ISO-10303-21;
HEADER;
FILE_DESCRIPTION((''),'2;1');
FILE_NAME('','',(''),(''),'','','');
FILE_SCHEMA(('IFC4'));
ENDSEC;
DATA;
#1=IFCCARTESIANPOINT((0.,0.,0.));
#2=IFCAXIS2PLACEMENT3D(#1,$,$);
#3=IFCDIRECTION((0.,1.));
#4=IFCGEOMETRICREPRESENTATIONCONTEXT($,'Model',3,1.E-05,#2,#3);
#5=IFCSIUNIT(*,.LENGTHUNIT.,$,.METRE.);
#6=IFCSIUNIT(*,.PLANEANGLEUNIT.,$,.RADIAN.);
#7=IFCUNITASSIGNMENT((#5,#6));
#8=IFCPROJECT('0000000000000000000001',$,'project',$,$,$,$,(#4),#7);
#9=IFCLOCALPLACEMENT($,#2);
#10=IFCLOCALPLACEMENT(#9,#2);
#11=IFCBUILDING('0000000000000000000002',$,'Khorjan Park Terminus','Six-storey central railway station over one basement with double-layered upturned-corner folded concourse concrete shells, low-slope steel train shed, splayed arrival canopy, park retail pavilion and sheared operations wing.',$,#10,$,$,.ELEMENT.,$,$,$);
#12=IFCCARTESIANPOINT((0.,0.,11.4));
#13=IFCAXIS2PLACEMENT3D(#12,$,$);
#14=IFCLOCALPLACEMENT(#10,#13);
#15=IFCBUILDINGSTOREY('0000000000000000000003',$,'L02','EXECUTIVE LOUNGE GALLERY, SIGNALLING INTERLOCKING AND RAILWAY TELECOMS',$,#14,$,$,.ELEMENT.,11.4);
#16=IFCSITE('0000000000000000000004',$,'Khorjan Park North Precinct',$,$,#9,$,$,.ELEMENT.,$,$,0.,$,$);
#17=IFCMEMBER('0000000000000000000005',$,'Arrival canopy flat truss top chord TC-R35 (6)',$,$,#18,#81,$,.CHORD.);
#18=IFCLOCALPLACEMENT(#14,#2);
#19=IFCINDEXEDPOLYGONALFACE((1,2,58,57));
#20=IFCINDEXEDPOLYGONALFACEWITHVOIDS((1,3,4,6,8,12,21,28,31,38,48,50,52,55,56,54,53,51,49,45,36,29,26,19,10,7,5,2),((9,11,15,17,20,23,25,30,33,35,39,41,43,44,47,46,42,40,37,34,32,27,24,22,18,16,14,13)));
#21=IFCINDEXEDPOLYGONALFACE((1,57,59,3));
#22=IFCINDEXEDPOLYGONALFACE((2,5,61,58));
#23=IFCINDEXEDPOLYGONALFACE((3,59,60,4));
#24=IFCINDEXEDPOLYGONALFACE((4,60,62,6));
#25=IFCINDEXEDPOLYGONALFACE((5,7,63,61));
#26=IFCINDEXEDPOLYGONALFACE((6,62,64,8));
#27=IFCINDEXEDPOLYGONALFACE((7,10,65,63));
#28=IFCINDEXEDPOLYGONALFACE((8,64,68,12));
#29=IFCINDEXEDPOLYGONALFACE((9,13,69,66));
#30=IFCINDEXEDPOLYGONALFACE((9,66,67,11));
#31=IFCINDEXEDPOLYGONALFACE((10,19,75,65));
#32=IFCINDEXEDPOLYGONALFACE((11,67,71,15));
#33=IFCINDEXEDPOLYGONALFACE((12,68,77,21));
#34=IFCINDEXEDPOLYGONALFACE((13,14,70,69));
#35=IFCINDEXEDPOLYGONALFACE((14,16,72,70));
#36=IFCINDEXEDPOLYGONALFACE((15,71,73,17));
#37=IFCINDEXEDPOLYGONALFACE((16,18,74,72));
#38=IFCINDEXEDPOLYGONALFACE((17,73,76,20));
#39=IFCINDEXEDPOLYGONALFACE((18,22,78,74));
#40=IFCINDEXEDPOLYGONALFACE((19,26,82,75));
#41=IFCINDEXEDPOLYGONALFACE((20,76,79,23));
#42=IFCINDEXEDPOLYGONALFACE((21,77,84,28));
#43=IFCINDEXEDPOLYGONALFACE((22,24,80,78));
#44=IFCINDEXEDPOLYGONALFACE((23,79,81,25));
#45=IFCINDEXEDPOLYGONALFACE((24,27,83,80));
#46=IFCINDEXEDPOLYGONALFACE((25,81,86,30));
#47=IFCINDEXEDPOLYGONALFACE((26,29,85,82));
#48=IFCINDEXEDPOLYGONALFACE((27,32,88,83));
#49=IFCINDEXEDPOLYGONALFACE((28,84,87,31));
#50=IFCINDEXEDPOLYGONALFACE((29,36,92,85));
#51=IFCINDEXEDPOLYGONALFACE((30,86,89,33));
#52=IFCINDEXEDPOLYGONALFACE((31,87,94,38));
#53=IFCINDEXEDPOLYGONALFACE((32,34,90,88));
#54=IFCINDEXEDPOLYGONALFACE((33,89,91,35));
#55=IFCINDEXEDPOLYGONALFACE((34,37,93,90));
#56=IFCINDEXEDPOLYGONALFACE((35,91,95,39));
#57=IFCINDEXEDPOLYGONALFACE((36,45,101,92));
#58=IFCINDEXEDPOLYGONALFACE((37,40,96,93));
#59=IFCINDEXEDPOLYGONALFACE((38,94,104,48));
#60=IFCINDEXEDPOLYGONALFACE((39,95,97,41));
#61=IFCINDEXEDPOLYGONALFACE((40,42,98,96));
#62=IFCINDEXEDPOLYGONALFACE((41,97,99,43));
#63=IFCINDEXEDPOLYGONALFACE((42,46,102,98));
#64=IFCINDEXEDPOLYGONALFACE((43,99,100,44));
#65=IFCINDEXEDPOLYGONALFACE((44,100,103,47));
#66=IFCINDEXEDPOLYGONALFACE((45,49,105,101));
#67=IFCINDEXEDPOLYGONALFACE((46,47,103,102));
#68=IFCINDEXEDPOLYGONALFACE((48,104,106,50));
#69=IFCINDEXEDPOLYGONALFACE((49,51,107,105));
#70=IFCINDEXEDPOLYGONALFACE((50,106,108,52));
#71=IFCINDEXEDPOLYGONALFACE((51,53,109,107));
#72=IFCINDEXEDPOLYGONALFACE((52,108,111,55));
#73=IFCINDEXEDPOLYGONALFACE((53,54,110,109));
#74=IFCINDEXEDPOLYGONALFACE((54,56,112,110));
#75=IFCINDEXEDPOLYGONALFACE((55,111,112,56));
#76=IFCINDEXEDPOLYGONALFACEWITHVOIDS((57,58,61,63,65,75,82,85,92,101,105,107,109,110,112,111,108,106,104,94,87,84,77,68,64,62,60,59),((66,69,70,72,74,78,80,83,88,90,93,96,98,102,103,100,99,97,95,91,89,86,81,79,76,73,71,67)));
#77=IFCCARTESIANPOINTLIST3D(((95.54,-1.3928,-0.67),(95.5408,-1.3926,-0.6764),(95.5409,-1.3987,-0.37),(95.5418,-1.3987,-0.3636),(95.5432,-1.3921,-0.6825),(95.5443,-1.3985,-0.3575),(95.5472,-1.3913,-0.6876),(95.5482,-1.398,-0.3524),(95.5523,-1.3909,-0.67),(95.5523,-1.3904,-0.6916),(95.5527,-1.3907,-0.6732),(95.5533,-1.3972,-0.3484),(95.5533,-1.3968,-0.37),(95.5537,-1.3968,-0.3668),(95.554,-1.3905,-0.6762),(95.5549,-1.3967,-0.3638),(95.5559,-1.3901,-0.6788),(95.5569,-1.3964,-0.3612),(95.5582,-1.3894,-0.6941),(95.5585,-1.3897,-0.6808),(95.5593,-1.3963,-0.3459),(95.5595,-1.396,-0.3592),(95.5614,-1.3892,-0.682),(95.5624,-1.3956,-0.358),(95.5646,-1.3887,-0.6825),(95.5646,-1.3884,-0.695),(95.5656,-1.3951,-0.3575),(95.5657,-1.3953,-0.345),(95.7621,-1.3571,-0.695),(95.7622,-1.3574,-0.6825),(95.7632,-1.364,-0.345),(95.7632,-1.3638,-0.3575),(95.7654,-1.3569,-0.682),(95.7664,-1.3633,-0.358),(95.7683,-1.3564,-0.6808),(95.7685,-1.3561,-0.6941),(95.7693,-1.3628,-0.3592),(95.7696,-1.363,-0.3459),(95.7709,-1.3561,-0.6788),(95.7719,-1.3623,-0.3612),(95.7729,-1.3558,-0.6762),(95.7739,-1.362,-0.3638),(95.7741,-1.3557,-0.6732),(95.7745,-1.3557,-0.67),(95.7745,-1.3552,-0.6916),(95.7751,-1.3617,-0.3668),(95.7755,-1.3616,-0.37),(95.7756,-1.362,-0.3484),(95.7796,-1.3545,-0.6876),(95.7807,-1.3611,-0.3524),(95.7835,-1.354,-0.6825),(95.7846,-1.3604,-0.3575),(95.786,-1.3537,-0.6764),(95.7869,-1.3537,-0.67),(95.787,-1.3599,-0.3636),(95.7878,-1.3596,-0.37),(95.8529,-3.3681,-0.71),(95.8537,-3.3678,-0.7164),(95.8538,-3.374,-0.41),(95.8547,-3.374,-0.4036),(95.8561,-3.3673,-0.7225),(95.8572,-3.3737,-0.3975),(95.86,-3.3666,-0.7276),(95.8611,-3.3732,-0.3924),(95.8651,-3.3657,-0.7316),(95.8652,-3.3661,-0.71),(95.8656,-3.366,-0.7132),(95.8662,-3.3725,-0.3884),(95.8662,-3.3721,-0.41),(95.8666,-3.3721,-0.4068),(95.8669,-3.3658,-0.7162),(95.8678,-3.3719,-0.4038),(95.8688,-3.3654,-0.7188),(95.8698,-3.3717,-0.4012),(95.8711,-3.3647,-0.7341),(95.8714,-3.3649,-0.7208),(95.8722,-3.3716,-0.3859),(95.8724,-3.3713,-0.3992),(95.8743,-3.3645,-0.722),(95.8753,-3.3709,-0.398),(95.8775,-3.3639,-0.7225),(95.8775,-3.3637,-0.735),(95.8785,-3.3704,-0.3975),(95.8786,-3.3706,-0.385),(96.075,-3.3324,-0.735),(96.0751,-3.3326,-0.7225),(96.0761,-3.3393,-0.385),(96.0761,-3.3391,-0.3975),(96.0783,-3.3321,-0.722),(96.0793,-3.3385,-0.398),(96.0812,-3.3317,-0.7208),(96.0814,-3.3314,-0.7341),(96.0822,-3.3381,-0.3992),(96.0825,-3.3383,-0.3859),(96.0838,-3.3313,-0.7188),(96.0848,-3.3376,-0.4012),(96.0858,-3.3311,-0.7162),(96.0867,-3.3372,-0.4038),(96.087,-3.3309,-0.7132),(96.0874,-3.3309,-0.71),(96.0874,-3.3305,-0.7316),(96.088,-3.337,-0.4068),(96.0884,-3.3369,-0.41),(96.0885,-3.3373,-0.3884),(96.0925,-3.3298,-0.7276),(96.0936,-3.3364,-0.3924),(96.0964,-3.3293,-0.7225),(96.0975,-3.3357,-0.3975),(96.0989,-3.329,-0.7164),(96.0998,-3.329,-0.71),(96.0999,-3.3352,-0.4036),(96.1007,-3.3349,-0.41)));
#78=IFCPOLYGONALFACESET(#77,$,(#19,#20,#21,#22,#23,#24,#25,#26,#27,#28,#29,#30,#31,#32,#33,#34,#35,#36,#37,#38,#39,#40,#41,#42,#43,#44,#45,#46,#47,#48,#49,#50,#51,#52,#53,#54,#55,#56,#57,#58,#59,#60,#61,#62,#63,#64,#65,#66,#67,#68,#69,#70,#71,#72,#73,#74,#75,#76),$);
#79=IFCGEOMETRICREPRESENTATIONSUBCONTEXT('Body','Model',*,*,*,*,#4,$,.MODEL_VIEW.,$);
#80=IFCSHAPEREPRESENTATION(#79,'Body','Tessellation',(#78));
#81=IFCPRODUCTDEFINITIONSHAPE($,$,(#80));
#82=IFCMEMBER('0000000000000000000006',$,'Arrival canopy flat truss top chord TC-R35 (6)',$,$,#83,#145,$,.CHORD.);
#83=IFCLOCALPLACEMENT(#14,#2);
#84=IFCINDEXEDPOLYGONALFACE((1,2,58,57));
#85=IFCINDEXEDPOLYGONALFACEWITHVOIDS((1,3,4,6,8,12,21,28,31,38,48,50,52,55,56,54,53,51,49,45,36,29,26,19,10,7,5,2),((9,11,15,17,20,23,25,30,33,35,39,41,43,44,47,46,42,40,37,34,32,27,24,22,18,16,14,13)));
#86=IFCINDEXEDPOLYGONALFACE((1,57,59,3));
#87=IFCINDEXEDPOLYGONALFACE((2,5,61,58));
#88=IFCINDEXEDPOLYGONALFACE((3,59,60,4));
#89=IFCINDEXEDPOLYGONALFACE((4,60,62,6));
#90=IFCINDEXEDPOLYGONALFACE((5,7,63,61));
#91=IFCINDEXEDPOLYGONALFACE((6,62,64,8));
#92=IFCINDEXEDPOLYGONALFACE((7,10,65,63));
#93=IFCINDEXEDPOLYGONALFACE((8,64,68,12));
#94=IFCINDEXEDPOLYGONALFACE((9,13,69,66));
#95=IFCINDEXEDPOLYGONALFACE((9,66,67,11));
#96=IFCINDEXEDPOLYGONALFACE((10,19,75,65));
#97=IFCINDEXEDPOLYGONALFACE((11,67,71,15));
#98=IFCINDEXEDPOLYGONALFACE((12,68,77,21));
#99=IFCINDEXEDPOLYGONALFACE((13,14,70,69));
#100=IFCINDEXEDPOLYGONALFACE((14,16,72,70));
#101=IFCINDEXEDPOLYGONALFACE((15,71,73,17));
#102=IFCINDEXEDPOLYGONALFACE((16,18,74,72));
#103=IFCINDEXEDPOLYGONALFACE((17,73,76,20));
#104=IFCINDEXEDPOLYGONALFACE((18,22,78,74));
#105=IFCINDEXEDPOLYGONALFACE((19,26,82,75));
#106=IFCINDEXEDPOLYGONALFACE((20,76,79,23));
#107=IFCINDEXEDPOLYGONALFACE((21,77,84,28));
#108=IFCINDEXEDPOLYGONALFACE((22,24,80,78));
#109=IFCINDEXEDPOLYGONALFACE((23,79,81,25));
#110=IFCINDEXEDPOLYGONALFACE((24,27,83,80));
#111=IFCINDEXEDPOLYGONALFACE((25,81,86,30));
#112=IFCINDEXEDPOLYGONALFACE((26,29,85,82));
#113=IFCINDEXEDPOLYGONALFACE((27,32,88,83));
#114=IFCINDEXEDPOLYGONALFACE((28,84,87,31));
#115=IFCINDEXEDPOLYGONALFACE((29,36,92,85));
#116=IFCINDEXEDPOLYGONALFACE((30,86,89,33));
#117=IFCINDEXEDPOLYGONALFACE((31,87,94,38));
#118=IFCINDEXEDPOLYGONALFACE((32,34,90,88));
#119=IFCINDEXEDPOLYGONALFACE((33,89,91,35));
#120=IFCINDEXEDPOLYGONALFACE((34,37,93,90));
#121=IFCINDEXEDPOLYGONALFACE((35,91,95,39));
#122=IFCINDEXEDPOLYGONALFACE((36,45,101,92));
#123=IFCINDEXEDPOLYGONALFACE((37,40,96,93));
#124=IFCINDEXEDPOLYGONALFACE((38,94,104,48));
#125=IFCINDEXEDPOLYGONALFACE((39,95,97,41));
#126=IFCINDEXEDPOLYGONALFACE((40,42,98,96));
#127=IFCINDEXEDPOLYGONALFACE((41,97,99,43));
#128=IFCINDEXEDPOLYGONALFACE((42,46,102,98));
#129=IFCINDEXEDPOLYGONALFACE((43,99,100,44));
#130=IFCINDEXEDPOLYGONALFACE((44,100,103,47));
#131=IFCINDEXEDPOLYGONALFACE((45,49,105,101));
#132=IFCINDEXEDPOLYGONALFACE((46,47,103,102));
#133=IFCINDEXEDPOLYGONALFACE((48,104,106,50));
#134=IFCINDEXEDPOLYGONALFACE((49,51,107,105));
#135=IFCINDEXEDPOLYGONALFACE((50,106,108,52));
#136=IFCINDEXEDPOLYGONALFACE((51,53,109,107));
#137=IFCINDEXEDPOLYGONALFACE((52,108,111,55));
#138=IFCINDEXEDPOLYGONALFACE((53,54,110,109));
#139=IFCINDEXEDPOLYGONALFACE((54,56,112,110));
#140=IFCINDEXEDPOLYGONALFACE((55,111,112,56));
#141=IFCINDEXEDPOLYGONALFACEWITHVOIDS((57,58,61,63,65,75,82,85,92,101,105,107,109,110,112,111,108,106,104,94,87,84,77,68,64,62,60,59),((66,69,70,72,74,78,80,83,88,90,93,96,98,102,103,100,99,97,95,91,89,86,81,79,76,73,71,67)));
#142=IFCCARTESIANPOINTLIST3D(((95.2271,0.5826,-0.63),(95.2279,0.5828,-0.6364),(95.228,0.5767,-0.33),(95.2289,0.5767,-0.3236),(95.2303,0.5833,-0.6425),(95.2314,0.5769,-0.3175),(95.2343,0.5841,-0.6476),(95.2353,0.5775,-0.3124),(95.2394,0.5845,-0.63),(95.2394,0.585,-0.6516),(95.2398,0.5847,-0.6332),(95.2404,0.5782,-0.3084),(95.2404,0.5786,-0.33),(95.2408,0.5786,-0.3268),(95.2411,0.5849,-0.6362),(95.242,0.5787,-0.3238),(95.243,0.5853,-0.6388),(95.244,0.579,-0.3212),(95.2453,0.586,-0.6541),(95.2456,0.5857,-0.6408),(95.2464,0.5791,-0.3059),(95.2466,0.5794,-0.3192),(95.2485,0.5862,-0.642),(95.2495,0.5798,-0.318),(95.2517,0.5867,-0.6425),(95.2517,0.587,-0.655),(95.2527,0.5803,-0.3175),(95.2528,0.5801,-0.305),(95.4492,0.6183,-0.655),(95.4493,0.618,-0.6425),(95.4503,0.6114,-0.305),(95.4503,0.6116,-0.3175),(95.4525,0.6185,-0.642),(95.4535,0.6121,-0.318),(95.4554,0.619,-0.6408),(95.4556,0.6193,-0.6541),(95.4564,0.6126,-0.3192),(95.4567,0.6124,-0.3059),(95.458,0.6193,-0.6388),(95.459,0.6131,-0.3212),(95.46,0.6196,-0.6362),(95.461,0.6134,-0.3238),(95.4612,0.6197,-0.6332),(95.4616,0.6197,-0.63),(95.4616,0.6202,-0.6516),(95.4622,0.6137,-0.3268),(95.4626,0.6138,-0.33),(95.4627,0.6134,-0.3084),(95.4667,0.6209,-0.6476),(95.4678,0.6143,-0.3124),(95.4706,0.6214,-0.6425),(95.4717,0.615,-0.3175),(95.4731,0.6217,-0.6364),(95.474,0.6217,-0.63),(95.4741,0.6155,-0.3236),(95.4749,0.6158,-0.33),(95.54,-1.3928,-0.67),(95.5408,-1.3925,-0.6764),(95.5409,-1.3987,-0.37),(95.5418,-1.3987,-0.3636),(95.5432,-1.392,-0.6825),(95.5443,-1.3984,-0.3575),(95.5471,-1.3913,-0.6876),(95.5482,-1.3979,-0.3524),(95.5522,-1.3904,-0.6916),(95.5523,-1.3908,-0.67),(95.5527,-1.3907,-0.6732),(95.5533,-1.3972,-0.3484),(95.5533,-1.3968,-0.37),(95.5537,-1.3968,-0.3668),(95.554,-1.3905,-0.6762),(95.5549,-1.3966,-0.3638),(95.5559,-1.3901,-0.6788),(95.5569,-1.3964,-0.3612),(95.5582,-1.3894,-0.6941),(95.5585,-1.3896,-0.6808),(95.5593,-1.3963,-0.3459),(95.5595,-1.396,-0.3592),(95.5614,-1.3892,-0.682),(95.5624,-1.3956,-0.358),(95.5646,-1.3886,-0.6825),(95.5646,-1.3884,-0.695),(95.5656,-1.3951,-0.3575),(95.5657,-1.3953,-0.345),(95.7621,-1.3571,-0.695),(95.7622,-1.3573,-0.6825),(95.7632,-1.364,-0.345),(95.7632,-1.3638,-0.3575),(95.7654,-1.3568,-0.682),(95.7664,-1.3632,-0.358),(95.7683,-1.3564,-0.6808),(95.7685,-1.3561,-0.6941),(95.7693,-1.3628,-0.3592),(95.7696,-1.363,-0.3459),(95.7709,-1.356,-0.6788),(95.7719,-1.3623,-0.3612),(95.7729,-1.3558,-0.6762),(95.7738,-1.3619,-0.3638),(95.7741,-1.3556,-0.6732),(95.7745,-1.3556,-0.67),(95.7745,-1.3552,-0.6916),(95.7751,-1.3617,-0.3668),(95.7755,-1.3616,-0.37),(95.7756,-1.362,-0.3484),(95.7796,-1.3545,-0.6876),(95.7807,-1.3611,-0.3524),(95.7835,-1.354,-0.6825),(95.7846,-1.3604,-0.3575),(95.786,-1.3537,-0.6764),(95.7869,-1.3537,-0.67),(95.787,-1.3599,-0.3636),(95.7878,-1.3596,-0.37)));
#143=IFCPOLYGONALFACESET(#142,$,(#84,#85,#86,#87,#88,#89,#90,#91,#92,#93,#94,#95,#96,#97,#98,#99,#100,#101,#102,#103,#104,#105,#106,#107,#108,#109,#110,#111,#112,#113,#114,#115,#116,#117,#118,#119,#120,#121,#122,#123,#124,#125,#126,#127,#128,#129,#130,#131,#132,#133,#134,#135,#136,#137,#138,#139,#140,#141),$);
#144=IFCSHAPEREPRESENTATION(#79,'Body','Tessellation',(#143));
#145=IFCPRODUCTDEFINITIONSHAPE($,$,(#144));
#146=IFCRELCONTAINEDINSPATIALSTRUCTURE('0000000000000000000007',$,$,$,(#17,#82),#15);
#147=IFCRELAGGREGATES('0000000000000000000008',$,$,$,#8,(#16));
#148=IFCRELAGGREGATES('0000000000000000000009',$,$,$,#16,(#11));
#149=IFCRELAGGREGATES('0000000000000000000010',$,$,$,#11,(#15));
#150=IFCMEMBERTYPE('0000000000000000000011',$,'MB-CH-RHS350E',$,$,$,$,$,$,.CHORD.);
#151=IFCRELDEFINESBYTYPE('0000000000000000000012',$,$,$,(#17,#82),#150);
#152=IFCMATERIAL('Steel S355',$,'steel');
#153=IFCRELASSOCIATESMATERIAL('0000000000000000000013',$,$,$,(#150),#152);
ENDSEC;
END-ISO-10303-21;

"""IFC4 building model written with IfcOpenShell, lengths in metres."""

from ifc_helpers import new_model, si_unit, direction, frame, origin, origin_2d, place, context, subcontext, project, spatial, hollow_rectangle, extrude, material, material_profile, profile_set, type_object, element, save


model = new_model("IFC4")

# Units and contexts
model_context = context("Model", 3, precision=1e-05, world=origin(), true_north=direction((0.0, 1.0)))
body_context = subcontext(model_context, "Body", "Model", "MODEL_VIEW")
ifc_project = project(units=[si_unit("LENGTHUNIT", "METRE"), si_unit("PLANEANGLEUNIT", "RADIAN")], contexts=[model_context])

# Site, building, storey
site_placement = place(None, origin())
site = spatial("IfcSite", under=ifc_project, at=site_placement, Name="Khorjan Park North Precinct", CompositionType="ELEMENT", RefElevation=0.0)
building_placement = place(site_placement, origin())
building = spatial("IfcBuilding", under=site, at=building_placement, Name="Khorjan Park Terminus", Description="Six-storey central railway station over one basement with double-layered upturned-corner folded concourse concrete shells, low-slope steel train shed, splayed arrival canopy, park retail pavilion and sheared operations wing.", CompositionType="ELEMENT")
storey_placement = place(building_placement, frame((0.0, 0.0, 11.4)))
storey = spatial("IfcBuildingStorey", under=building, at=storey_placement, Name="L02", Description="EXECUTIVE LOUNGE GALLERY, SIGNALLING INTERLOCKING AND RAILWAY TELECOMS", CompositionType="ELEMENT", Elevation=11.4)

# Members
ifc_material = material(Name="Steel S355", Category="steel")
ifc_material_profile_1 = material_profile(ifc_material, hollow_rectangle(XDim=0.25, YDim=0.35, WallThickness=0.0125, InnerFilletRadius=0.0125, OuterFilletRadius=0.025, at=origin_2d()), Name="RHS 350x250x12.5")
ifc_profile_set_1 = profile_set([ifc_material_profile_1], Name="Steel S355")
member_type_1 = type_object("IfcMemberType", Name="MB-CH-RHS350E", PredefinedType="CHORD", material=ifc_profile_set_1)
member_1_placement = place(storey_placement, frame((95.9768, -3.3515, -0.56), z_axis=(-0.156424, 0.987488, 0.019997), x_axis=(-0.987685, -0.156456, 0.0)))
element("IfcMember", 1, at=member_1_placement, inside=storey, type_object=member_type_1, Name="Arrival canopy flat truss top chord TC-R35 (6)", PredefinedType="CHORD", context=body_context, shape_type="SweptSolid", body=[
    extrude(hollow_rectangle(XDim=0.25, YDim=0.35, WallThickness=0.0125, InnerFilletRadius=0.0125, OuterFilletRadius=0.025, at=origin_2d()), origin(), (0.0, 0.0, 1.0), 2.0003),
])
for number, where, z_axis, x_axis, name in (
    (2, (95.6639, -1.3762, -0.52), (-0.156417, 0.987489, 0.019996), (-0.987686, -0.156448, 0.0), "Arrival canopy flat truss top chord TC-R35 (6)"),
):
    element("IfcMember", number, at=place(storey_placement, frame(where, z_axis=z_axis, x_axis=x_axis)), inside=storey, type_object=member_type_1, Name=name, PredefinedType="CHORD", context=body_context, shape_type="SweptSolid", body=[
        extrude(hollow_rectangle(XDim=0.25, YDim=0.35, WallThickness=0.0125, InnerFilletRadius=0.0125, OuterFilletRadius=0.025, at=origin_2d()), origin(), (0.0, 0.0, 1.0), 2.0004),
    ])

save(model, "model.ifc")
